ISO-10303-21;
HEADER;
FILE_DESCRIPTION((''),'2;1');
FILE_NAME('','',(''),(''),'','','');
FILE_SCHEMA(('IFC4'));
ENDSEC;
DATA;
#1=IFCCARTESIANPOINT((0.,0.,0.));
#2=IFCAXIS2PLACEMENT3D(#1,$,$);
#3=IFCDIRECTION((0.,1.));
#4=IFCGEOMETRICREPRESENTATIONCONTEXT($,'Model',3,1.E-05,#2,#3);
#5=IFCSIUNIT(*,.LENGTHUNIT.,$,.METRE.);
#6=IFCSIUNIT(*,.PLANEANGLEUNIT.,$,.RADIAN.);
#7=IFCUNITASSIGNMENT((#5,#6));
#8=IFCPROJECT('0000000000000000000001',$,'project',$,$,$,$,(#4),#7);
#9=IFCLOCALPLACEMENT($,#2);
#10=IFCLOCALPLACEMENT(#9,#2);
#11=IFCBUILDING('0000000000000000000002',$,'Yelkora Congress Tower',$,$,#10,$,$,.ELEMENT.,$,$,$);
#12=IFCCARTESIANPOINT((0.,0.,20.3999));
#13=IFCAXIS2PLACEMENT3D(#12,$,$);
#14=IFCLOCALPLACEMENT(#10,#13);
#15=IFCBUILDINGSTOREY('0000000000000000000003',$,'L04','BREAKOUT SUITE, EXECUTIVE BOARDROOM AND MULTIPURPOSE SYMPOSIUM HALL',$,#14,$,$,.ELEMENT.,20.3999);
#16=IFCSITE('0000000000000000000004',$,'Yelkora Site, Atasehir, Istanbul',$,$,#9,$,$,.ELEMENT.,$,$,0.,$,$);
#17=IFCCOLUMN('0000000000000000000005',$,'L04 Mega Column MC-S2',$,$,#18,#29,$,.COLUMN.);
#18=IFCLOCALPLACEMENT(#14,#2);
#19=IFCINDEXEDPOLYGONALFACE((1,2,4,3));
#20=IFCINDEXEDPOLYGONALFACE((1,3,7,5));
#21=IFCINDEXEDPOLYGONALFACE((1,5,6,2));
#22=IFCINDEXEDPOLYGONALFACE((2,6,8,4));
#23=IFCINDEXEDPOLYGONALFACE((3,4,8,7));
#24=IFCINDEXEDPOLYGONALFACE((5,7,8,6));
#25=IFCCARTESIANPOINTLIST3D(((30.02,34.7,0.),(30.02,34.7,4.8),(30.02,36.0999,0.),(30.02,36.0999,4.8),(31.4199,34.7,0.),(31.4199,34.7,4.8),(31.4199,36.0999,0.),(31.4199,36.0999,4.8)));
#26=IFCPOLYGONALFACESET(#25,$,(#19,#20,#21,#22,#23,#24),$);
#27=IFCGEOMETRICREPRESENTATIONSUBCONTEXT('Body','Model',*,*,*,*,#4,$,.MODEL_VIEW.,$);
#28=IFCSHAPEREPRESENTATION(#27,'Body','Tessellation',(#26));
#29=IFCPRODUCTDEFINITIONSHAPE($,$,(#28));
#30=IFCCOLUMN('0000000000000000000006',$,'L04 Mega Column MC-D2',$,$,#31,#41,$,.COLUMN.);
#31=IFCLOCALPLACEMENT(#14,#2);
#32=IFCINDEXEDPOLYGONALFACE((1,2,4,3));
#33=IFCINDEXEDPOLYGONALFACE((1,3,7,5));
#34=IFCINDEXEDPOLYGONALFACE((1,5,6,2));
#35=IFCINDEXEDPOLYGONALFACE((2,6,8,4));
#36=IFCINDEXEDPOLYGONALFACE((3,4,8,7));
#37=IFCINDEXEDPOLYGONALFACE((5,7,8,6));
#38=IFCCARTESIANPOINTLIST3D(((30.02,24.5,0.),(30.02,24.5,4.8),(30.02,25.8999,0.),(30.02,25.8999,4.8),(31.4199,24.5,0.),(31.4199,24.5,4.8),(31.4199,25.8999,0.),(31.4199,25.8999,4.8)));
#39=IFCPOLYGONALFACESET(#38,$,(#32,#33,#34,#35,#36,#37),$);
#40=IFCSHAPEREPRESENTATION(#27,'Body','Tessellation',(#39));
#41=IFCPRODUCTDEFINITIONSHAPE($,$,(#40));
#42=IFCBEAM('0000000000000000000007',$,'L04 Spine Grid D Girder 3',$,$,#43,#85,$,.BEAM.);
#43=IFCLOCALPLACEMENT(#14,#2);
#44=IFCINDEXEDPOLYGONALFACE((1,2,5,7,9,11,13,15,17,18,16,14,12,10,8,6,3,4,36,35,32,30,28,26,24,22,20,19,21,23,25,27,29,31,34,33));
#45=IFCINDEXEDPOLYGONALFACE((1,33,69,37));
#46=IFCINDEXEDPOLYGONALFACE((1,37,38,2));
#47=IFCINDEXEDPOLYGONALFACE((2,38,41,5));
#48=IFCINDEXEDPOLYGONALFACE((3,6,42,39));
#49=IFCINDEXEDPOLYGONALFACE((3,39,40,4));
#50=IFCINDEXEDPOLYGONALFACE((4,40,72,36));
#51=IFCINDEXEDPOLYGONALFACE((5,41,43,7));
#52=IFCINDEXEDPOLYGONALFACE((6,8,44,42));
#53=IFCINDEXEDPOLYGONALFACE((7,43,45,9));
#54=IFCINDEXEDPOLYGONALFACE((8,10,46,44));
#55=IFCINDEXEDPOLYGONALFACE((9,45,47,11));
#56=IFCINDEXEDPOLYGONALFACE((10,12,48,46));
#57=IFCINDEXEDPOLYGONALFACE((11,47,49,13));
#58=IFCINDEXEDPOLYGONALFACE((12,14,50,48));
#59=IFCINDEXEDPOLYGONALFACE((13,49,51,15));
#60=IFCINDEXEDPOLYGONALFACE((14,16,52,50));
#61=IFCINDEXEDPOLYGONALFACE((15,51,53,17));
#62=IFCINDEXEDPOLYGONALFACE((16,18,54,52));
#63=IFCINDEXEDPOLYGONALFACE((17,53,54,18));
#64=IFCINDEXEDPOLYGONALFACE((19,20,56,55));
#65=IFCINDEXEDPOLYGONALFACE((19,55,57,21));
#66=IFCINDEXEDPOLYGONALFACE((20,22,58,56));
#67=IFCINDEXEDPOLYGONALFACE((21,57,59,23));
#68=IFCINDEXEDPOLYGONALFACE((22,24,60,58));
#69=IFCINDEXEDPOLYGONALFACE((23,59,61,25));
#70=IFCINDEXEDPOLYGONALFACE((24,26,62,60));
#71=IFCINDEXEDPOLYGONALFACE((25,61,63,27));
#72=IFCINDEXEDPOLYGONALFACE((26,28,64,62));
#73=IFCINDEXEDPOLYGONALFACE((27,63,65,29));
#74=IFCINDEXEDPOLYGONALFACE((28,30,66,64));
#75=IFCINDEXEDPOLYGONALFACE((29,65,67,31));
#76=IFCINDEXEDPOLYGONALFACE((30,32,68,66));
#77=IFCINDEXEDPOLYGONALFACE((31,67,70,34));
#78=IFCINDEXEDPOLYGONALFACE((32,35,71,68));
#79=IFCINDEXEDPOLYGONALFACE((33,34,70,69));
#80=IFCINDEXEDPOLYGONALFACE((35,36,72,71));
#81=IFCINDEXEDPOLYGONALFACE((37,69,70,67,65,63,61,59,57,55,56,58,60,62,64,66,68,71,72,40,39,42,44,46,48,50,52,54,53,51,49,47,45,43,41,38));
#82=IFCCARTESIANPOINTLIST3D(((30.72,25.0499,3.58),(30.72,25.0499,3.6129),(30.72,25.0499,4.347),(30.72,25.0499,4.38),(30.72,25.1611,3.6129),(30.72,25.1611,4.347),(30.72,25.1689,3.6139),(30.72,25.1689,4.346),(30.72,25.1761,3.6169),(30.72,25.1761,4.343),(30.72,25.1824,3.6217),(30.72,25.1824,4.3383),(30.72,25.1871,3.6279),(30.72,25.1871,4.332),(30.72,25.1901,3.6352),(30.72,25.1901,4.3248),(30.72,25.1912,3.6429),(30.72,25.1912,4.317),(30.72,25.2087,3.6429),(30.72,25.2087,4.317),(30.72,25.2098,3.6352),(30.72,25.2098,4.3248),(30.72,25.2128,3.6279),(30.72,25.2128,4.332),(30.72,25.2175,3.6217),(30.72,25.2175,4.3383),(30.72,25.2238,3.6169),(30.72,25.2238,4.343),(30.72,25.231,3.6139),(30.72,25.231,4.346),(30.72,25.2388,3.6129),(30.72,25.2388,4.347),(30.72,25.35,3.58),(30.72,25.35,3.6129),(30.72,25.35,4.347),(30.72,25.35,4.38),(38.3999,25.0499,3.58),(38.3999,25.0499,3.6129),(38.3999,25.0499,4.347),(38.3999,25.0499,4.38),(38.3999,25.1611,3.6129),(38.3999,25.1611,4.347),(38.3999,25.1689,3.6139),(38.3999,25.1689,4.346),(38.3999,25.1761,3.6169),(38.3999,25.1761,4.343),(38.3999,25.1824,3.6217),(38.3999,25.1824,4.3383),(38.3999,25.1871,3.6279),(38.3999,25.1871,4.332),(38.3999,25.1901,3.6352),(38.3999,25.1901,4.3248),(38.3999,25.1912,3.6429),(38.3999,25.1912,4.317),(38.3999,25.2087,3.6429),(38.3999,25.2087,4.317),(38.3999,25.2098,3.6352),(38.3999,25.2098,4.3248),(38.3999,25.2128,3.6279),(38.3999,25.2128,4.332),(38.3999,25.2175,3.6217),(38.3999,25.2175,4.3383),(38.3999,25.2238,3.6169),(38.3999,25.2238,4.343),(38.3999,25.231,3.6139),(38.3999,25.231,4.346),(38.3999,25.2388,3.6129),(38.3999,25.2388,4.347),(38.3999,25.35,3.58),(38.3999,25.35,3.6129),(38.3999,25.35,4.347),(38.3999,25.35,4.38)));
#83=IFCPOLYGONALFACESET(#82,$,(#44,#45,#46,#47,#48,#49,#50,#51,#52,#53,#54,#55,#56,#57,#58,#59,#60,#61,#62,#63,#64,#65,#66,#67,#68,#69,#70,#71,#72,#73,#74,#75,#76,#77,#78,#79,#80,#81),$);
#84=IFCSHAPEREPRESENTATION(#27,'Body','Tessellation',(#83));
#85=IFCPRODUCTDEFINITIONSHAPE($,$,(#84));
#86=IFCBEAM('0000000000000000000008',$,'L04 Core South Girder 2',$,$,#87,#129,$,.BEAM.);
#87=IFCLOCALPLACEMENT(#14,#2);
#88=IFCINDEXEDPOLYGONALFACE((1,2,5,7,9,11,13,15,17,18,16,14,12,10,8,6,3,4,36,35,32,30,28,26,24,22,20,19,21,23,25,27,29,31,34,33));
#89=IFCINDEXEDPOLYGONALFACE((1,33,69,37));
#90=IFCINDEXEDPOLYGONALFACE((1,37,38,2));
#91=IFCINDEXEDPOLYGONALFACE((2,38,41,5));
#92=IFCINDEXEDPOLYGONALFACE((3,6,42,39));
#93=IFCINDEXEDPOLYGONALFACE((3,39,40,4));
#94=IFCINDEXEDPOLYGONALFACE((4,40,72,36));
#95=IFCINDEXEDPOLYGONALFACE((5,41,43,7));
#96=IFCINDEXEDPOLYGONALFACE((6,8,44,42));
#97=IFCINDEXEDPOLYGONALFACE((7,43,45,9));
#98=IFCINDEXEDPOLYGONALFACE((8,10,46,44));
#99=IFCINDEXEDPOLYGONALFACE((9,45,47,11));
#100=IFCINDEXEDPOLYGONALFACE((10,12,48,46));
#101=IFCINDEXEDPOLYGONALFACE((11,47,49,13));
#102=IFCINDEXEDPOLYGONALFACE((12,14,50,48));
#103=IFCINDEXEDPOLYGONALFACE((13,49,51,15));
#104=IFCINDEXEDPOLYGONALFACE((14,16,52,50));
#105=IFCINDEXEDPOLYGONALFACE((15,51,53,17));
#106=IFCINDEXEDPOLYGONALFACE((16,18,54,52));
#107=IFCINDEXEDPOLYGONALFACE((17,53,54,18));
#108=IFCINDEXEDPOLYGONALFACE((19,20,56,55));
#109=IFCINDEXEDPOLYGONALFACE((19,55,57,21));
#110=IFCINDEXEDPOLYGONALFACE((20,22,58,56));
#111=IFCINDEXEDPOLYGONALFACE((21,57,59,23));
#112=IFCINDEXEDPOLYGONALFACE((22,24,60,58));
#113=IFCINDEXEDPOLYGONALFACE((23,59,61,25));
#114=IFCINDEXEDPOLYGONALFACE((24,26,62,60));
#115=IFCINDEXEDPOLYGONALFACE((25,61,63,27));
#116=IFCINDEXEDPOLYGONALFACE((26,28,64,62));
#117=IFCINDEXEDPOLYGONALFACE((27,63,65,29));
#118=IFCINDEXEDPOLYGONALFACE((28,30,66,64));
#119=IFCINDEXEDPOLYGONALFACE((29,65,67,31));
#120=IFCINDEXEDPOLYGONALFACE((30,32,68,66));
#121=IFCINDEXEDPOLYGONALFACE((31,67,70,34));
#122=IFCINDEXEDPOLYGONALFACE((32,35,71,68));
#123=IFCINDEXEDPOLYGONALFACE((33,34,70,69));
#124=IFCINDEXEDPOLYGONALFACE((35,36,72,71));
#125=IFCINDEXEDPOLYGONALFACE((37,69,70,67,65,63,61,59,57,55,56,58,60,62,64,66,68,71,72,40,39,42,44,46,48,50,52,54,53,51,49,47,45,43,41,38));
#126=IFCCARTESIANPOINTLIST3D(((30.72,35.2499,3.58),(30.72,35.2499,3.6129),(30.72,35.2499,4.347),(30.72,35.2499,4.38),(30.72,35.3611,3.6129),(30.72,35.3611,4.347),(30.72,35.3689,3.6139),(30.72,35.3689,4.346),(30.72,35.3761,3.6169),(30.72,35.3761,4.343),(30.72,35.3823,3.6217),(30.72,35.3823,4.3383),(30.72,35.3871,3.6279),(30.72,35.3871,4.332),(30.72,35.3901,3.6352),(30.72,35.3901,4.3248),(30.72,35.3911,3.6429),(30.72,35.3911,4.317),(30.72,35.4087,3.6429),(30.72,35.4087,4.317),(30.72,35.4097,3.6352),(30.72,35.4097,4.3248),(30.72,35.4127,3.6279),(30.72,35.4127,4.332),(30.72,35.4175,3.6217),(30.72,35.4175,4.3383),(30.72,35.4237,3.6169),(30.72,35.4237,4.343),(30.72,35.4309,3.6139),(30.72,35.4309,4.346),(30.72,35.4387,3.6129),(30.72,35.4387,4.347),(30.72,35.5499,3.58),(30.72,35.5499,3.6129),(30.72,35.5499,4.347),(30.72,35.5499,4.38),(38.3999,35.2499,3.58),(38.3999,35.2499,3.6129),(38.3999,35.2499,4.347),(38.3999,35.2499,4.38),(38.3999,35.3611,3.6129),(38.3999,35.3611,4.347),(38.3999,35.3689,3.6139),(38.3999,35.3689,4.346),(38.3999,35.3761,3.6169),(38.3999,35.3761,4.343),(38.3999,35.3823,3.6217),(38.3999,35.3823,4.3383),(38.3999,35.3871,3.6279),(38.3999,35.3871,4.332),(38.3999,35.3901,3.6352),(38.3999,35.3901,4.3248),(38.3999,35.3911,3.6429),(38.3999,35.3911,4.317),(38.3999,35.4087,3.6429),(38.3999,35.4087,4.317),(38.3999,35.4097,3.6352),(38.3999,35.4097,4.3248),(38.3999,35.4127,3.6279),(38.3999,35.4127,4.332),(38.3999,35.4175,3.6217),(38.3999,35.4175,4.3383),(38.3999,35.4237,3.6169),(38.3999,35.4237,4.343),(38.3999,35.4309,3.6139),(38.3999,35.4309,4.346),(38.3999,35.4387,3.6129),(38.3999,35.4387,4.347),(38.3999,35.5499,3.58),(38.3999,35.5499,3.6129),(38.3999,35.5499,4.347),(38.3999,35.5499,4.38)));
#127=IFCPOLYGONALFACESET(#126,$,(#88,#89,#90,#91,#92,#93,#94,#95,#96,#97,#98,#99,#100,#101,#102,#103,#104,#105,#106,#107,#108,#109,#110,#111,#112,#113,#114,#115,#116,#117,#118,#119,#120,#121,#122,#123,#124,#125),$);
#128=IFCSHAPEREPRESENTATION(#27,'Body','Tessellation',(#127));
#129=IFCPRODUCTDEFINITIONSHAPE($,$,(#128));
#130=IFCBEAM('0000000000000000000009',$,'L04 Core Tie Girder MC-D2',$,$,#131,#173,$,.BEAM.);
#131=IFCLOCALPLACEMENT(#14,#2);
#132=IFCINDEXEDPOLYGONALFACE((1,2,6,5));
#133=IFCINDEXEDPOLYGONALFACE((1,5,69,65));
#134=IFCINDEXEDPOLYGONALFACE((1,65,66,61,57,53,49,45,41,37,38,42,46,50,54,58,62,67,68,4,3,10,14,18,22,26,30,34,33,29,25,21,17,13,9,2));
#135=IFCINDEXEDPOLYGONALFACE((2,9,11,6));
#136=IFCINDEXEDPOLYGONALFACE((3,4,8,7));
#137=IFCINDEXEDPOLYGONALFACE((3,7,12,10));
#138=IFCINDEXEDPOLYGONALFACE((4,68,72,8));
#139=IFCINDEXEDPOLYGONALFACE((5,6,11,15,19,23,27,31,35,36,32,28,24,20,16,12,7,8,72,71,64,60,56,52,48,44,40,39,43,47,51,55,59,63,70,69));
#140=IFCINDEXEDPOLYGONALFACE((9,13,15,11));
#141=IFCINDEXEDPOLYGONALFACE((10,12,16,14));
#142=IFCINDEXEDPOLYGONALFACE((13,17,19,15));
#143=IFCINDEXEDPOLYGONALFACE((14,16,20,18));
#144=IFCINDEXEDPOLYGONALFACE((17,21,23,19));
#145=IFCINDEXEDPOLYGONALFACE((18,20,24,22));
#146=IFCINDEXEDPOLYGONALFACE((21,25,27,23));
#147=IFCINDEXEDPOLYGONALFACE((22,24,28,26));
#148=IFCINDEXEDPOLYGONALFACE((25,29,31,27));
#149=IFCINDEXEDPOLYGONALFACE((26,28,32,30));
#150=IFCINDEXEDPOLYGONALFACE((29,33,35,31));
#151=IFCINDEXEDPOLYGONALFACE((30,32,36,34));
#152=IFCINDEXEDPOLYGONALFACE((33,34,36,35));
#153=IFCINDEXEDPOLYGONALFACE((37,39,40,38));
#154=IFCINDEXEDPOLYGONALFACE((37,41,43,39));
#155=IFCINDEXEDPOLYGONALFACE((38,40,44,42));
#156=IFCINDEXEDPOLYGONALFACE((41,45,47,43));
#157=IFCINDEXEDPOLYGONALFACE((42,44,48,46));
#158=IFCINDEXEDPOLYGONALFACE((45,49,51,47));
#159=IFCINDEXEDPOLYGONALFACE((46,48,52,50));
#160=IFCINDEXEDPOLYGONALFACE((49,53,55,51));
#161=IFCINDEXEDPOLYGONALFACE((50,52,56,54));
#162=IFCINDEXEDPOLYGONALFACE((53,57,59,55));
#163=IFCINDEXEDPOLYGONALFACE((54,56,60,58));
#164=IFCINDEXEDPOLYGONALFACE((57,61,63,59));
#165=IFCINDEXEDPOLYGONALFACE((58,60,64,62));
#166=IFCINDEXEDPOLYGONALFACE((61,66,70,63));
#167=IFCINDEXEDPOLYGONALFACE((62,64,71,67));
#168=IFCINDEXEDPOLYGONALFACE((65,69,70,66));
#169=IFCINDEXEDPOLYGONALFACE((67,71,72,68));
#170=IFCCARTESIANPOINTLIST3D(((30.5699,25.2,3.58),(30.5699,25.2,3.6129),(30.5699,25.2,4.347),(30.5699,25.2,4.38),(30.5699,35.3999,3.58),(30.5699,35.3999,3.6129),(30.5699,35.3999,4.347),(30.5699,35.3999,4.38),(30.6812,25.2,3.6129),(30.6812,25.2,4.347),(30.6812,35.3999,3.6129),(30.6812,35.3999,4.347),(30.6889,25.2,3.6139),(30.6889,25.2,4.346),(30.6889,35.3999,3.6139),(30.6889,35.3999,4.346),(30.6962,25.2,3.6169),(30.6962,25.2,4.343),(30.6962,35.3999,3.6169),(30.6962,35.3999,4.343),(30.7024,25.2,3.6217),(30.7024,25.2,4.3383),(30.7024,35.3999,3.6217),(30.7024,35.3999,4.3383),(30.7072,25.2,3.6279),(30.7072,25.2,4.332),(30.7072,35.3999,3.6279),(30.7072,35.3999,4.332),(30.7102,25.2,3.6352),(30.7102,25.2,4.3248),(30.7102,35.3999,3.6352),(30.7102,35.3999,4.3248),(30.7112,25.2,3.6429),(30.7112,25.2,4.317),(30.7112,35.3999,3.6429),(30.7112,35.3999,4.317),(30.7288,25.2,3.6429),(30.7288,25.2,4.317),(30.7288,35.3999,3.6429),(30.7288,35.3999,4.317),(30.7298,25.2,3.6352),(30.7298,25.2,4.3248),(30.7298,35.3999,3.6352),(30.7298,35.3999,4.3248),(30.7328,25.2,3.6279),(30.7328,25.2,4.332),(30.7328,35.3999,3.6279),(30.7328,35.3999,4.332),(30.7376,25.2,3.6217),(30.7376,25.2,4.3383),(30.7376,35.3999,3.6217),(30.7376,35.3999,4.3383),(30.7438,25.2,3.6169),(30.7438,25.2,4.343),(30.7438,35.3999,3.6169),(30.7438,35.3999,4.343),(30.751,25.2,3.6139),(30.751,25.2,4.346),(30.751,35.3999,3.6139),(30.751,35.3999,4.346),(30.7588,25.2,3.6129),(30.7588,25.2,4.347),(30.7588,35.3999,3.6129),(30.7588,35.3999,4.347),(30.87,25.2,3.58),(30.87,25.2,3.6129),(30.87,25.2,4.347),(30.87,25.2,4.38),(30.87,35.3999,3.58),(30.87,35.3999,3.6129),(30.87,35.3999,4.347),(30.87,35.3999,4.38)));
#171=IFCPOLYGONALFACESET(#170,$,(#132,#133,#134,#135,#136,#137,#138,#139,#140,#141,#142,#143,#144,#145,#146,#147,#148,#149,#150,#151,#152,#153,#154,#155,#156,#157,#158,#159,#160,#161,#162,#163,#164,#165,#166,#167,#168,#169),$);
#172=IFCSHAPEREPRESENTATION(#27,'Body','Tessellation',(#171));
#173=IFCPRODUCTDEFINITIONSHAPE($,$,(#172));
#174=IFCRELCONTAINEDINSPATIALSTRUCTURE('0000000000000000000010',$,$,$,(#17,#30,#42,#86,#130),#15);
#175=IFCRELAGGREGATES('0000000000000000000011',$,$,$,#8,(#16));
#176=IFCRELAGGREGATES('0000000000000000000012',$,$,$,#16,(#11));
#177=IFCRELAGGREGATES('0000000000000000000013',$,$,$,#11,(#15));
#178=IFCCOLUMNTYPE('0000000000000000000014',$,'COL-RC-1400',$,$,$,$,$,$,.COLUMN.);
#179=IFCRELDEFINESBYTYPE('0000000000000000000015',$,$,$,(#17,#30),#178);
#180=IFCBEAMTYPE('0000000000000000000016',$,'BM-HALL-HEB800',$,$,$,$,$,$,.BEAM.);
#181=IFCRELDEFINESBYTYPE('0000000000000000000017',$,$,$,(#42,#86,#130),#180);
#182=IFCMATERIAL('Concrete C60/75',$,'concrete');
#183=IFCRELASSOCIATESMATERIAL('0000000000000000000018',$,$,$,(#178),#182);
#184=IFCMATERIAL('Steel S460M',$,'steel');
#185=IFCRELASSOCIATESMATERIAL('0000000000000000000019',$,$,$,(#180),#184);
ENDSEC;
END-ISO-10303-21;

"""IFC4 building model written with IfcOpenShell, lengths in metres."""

from ifc_helpers import new_model, si_unit, direction, frame, origin, origin_2d, place, context, subcontext, project, spatial, rectangle, i_section, extrude, material, material_profile, profile_set, type_object, element, save


model = new_model("IFC4")

# Units and contexts
model_context = context("Model", 3, precision=1e-05, world=origin(), true_north=direction((0.0, 1.0)))
body_context = subcontext(model_context, "Body", "Model", "MODEL_VIEW")
ifc_project = project(units=[si_unit("LENGTHUNIT", "METRE"), si_unit("PLANEANGLEUNIT", "RADIAN")], contexts=[model_context])

# Site, building, storey
site_placement = place(None, origin())
site = spatial("IfcSite", under=ifc_project, at=site_placement, Name="Yelkora Site, Atasehir, Istanbul", CompositionType="ELEMENT", RefElevation=0.0)
building_placement = place(site_placement, origin())
building = spatial("IfcBuilding", under=site, at=building_placement, Name="Yelkora Congress Tower", CompositionType="ELEMENT")
storey_placement = place(building_placement, frame((0.0, 0.0, 20.3999)))
storey = spatial("IfcBuildingStorey", under=building, at=storey_placement, Name="L04", Description="BREAKOUT SUITE, EXECUTIVE BOARDROOM AND MULTIPURPOSE SYMPOSIUM HALL", CompositionType="ELEMENT", Elevation=20.3999)

# Columns
ifc_material_1 = material(Name="Concrete C60/75", Category="concrete")
ifc_material_profile_1 = material_profile(ifc_material_1, rectangle(XDim=1.3999, YDim=1.3999, at=origin_2d()), Name="RC 1400x1400")
ifc_profile_set_1 = profile_set([ifc_material_profile_1], Name="Concrete C60/75")
column_type = type_object("IfcColumnType", Name="COL-RC-1400", PredefinedType="COLUMN", material=ifc_profile_set_1)
for number, where, z_axis, x_axis, name in (
    (1, (30.72, 35.3999, 0.0), (0.0, 0.0, 1.0), (1.0, 0.0, 0.0), "L04 Mega Column MC-S2"),
    (2, (30.72, 25.2, 0.0), (0.0, 0.0, 1.0), (1.0, 0.0, 0.0), "L04 Mega Column MC-D2"),
):
    element("IfcColumn", number, at=place(storey_placement, frame(where, z_axis=z_axis, x_axis=x_axis)), inside=storey, type_object=column_type, Name=name, PredefinedType="COLUMN", context=body_context, shape_type="SweptSolid", body=[
        extrude(rectangle(XDim=1.3999, YDim=1.3999, at=origin_2d()), origin(), (0.0, 0.0, 1.0), 4.8),
    ])

# Beams
ifc_material_2 = material(Name="Steel S460M", Category="steel")
ifc_material_profile_2 = material_profile(ifc_material_2, i_section(OverallWidth=0.3, OverallDepth=0.8, WebThickness=0.0176, FlangeThickness=0.033, FilletRadius=0.03, at=origin_2d()), Name="HEB 800")
ifc_profile_set_2 = profile_set([ifc_material_profile_2], Name="Steel S460M")
beam_type = type_object("IfcBeamType", Name="BM-HALL-HEB800", PredefinedType="BEAM", material=ifc_profile_set_2)
for number, where, z_axis, x_axis, name in (
    (3, (30.72, 25.2, 3.98), (1.0, 0.0, 0.0), (0.0, 1.0, 0.0), "L04 Spine Grid D Girder 3"),
    (4, (30.72, 35.3999, 3.98), (1.0, 0.0, 0.0), (0.0, 1.0, 0.0), "L04 Core South Girder 2"),
):
    element("IfcBeam", number, at=place(storey_placement, frame(where, z_axis=z_axis, x_axis=x_axis)), inside=storey, type_object=beam_type, Name=name, PredefinedType="BEAM", context=body_context, shape_type="SweptSolid", body=[
        extrude(i_section(OverallWidth=0.3, OverallDepth=0.8, WebThickness=0.0176, FlangeThickness=0.033, FilletRadius=0.03, at=origin_2d()), origin(), (0.0, 0.0, 1.0), 7.6799),
    ])
beam_1_placement = place(storey_placement, frame((30.72, 25.2, 3.98), z_axis=(0.0, 1.0, 0.0), x_axis=(-1.0, 0.0, 0.0)))
element("IfcBeam", 5, at=beam_1_placement, inside=storey, type_object=beam_type, Name="L04 Core Tie Girder MC-D2", PredefinedType="BEAM", context=body_context, shape_type="SweptSolid", body=[
    extrude(i_section(OverallWidth=0.3, OverallDepth=0.8, WebThickness=0.0176, FlangeThickness=0.033, FilletRadius=0.03, at=origin_2d()), origin(), (0.0, 0.0, 1.0), 10.2),
])

save(model, "model.ifc")
